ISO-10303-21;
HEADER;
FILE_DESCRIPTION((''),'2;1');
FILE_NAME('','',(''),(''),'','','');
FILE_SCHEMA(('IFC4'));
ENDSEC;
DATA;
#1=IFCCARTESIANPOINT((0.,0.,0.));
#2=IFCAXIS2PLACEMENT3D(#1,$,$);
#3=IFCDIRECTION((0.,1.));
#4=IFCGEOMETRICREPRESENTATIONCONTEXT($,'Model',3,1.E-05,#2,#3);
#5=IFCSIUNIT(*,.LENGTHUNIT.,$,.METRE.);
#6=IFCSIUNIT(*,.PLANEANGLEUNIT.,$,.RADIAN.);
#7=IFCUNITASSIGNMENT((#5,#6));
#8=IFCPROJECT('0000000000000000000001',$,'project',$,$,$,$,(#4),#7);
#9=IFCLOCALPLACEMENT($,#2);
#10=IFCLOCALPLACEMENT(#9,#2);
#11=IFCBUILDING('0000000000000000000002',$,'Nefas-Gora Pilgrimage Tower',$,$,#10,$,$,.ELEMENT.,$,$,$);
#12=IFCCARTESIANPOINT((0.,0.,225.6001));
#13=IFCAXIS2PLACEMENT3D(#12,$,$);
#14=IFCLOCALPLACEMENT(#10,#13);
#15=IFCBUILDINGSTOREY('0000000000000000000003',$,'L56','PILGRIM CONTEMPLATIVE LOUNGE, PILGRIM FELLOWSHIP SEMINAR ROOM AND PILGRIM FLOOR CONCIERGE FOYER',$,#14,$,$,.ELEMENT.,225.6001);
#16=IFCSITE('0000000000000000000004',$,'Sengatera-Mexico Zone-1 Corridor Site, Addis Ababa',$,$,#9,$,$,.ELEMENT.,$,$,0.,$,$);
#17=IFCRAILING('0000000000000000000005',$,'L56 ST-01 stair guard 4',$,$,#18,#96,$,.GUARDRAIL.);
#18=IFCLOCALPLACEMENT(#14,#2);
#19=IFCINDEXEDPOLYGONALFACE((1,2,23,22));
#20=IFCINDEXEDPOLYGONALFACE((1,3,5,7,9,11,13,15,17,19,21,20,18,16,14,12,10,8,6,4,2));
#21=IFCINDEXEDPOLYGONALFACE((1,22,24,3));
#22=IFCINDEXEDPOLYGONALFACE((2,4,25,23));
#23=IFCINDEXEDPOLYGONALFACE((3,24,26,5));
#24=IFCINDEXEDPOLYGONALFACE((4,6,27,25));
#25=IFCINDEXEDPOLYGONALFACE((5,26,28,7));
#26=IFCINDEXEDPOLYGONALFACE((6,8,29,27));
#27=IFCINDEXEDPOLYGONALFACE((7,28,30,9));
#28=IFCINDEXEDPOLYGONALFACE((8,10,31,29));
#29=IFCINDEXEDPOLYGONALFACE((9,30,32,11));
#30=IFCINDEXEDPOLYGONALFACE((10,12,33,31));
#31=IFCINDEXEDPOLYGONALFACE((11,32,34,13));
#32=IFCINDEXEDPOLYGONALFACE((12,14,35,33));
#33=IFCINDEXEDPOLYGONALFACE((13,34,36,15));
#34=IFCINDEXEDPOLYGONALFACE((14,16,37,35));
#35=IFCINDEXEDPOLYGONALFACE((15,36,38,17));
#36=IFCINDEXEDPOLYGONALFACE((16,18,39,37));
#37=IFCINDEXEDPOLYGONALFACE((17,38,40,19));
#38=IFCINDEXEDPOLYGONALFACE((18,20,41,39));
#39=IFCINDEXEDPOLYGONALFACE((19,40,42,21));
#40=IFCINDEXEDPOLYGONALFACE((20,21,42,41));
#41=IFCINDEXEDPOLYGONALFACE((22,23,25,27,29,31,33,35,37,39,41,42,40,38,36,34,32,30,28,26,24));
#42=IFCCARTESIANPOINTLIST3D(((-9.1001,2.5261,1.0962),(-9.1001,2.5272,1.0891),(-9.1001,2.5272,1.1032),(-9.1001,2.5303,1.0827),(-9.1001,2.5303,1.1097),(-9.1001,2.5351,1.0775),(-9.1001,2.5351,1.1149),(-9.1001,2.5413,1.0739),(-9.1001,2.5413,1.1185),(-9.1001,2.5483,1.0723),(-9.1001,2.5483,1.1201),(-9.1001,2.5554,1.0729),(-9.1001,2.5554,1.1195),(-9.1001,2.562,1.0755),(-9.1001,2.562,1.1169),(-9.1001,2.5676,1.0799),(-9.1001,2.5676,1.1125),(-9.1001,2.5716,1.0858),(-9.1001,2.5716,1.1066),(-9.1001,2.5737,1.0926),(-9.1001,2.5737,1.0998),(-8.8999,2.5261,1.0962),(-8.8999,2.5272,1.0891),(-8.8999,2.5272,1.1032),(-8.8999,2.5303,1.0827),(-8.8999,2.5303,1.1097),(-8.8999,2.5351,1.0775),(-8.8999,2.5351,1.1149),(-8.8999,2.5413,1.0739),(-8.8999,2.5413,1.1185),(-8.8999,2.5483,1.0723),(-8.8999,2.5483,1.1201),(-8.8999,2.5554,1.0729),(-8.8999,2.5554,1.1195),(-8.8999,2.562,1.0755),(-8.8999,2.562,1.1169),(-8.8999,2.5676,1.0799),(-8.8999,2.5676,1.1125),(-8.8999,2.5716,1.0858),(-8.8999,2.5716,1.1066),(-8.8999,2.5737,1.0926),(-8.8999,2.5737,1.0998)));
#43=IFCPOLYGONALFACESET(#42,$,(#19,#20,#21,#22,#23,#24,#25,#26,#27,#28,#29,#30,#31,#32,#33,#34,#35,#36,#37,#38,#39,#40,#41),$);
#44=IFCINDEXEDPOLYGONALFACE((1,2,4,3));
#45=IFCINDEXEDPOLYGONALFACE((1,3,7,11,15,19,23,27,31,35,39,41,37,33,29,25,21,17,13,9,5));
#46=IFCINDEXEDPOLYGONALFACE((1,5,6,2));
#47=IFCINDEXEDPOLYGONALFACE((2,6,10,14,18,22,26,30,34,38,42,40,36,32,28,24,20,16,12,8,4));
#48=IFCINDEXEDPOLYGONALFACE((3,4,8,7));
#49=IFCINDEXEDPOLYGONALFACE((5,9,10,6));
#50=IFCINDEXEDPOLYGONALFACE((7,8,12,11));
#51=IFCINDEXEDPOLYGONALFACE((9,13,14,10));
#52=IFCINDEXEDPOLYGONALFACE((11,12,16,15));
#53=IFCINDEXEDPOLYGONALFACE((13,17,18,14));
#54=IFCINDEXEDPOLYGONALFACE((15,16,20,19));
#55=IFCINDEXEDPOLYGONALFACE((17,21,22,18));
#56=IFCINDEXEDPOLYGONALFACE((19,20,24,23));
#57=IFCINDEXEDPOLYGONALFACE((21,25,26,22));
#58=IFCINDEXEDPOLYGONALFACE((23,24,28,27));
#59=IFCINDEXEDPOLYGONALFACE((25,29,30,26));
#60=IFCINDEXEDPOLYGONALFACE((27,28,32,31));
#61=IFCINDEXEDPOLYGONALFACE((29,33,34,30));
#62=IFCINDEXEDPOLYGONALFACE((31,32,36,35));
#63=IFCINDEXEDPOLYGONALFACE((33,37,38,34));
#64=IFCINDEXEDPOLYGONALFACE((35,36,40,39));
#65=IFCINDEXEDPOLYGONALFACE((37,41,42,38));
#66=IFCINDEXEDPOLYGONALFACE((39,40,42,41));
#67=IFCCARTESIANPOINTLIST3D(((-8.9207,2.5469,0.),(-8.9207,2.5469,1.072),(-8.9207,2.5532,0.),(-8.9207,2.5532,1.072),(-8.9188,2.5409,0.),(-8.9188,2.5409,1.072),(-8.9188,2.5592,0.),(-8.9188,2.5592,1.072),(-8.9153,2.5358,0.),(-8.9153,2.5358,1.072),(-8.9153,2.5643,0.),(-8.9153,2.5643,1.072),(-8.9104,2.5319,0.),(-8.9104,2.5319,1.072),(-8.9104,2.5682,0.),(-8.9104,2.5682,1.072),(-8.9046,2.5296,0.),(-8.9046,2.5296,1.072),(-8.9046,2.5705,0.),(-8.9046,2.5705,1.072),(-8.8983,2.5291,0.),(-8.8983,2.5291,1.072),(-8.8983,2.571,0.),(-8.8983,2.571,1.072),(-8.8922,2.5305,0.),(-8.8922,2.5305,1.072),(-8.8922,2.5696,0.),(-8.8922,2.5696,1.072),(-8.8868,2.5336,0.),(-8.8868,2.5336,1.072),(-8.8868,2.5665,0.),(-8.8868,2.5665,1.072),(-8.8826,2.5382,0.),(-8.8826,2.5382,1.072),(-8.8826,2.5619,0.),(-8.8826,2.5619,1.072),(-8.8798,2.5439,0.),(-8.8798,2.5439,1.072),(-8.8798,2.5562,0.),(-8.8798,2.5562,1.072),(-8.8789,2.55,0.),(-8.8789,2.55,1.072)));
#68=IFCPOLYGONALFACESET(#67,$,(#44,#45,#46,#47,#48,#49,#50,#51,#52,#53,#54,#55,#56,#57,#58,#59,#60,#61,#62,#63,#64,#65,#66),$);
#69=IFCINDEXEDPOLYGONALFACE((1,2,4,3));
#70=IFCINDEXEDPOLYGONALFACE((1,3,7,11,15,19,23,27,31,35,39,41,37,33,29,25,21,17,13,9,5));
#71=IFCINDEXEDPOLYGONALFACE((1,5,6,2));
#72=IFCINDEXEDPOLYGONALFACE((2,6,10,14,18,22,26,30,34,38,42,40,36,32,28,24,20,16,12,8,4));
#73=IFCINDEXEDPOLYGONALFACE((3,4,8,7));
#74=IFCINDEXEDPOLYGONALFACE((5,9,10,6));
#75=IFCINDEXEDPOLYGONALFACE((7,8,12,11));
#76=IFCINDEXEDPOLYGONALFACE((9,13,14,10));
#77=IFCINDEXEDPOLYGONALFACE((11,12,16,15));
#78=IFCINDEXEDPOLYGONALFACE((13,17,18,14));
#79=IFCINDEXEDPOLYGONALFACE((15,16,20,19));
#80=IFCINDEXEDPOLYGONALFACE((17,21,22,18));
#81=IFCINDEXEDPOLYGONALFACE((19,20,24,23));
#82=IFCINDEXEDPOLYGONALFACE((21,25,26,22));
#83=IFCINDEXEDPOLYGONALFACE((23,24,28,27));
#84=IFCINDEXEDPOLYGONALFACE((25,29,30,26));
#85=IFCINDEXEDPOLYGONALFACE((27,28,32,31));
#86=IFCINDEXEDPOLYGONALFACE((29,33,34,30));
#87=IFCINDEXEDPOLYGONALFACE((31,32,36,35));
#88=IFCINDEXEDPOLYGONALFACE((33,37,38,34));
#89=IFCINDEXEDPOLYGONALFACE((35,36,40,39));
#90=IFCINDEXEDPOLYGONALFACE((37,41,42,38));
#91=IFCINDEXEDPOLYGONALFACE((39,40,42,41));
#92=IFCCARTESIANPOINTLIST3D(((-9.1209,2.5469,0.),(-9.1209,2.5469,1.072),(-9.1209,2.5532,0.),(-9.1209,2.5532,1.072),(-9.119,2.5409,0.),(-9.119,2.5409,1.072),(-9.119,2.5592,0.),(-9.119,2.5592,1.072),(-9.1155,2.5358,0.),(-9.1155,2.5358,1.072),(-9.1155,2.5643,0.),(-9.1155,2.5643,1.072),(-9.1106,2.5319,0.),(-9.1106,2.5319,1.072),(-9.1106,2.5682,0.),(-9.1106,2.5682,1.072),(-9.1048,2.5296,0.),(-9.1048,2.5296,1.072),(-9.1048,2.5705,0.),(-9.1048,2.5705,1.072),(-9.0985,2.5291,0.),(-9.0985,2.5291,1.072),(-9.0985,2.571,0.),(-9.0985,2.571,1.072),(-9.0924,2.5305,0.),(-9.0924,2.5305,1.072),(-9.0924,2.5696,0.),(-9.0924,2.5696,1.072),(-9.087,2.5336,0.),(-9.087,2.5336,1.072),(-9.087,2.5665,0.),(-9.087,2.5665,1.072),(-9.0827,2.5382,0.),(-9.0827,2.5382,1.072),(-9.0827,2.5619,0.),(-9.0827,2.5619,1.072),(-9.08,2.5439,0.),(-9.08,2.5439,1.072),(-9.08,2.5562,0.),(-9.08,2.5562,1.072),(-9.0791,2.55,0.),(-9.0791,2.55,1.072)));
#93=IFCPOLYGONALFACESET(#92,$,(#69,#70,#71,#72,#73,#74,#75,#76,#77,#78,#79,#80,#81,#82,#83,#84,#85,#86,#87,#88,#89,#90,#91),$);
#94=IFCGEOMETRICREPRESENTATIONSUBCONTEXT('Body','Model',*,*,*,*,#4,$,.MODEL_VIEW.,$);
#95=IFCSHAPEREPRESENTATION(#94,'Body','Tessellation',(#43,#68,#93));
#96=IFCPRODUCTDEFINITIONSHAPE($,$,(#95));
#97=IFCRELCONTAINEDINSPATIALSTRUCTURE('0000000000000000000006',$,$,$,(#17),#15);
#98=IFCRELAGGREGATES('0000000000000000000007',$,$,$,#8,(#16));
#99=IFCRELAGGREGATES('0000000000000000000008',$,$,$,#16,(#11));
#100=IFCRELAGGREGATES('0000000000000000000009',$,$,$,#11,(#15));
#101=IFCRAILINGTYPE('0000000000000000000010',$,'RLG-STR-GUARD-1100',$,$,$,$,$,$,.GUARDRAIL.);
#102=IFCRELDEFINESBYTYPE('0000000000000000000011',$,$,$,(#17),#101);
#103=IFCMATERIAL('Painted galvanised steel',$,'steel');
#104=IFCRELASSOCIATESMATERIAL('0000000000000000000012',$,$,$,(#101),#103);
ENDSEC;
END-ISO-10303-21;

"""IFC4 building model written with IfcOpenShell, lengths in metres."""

from ifc_helpers import new_model, si_unit, direction, frame, origin, origin_2d, place, context, subcontext, project, spatial, circle, extrude, material, type_object, element, save


model = new_model("IFC4")

# Units and contexts
model_context = context("Model", 3, precision=1e-05, world=origin(), true_north=direction((0.0, 1.0)))
body_context = subcontext(model_context, "Body", "Model", "MODEL_VIEW")
ifc_project = project(units=[si_unit("LENGTHUNIT", "METRE"), si_unit("PLANEANGLEUNIT", "RADIAN")], contexts=[model_context])

# Site, building, storey
site_placement = place(None, origin())
site = spatial("IfcSite", under=ifc_project, at=site_placement, Name="Sengatera-Mexico Zone-1 Corridor Site, Addis Ababa", CompositionType="ELEMENT", RefElevation=0.0)
building_placement = place(site_placement, origin())
building = spatial("IfcBuilding", under=site, at=building_placement, Name="Nefas-Gora Pilgrimage Tower", CompositionType="ELEMENT")
storey_placement = place(building_placement, frame((0.0, 0.0, 225.6001)))
storey = spatial("IfcBuildingStorey", under=building, at=storey_placement, Name="L56", Description="PILGRIM CONTEMPLATIVE LOUNGE, PILGRIM FELLOWSHIP SEMINAR ROOM AND PILGRIM FLOOR CONCIERGE FOYER", CompositionType="ELEMENT", Elevation=225.6001)

# Railing
ifc_material_1 = material(Name="Painted galvanised steel", Category="steel")
railing_type_1 = type_object("IfcRailingType", Name="RLG-STR-GUARD-1100", PredefinedType="GUARDRAIL", material=ifc_material_1)
railing_1_placement = place(storey_placement, frame((-8.8999, 2.55, 0.0)))
element("IfcRailing", 1, at=railing_1_placement, inside=storey, type_object=railing_type_1, Name="L56 ST-01 stair guard 4", PredefinedType="GUARDRAIL", context=body_context, shape_type="SweptSolid", body=[
    extrude(circle(Radius=0.0239, at=origin_2d()), frame((0.0, 0.0, 1.0962), z_axis=(-1.0, 0.0, 0.0), x_axis=(0.0, -1.0, 0.0)), (0.0, 0.0, 1.0), 0.2002),
    extrude(circle(Radius=0.021, at=origin_2d()), origin(), (0.0, 0.0, 1.0), 1.072),
    extrude(circle(Radius=0.021, at=origin_2d()), frame((-0.2002, 0.0, 0.0)), (0.0, 0.0, 1.0), 1.072),
])

save(model, "model.ifc")
